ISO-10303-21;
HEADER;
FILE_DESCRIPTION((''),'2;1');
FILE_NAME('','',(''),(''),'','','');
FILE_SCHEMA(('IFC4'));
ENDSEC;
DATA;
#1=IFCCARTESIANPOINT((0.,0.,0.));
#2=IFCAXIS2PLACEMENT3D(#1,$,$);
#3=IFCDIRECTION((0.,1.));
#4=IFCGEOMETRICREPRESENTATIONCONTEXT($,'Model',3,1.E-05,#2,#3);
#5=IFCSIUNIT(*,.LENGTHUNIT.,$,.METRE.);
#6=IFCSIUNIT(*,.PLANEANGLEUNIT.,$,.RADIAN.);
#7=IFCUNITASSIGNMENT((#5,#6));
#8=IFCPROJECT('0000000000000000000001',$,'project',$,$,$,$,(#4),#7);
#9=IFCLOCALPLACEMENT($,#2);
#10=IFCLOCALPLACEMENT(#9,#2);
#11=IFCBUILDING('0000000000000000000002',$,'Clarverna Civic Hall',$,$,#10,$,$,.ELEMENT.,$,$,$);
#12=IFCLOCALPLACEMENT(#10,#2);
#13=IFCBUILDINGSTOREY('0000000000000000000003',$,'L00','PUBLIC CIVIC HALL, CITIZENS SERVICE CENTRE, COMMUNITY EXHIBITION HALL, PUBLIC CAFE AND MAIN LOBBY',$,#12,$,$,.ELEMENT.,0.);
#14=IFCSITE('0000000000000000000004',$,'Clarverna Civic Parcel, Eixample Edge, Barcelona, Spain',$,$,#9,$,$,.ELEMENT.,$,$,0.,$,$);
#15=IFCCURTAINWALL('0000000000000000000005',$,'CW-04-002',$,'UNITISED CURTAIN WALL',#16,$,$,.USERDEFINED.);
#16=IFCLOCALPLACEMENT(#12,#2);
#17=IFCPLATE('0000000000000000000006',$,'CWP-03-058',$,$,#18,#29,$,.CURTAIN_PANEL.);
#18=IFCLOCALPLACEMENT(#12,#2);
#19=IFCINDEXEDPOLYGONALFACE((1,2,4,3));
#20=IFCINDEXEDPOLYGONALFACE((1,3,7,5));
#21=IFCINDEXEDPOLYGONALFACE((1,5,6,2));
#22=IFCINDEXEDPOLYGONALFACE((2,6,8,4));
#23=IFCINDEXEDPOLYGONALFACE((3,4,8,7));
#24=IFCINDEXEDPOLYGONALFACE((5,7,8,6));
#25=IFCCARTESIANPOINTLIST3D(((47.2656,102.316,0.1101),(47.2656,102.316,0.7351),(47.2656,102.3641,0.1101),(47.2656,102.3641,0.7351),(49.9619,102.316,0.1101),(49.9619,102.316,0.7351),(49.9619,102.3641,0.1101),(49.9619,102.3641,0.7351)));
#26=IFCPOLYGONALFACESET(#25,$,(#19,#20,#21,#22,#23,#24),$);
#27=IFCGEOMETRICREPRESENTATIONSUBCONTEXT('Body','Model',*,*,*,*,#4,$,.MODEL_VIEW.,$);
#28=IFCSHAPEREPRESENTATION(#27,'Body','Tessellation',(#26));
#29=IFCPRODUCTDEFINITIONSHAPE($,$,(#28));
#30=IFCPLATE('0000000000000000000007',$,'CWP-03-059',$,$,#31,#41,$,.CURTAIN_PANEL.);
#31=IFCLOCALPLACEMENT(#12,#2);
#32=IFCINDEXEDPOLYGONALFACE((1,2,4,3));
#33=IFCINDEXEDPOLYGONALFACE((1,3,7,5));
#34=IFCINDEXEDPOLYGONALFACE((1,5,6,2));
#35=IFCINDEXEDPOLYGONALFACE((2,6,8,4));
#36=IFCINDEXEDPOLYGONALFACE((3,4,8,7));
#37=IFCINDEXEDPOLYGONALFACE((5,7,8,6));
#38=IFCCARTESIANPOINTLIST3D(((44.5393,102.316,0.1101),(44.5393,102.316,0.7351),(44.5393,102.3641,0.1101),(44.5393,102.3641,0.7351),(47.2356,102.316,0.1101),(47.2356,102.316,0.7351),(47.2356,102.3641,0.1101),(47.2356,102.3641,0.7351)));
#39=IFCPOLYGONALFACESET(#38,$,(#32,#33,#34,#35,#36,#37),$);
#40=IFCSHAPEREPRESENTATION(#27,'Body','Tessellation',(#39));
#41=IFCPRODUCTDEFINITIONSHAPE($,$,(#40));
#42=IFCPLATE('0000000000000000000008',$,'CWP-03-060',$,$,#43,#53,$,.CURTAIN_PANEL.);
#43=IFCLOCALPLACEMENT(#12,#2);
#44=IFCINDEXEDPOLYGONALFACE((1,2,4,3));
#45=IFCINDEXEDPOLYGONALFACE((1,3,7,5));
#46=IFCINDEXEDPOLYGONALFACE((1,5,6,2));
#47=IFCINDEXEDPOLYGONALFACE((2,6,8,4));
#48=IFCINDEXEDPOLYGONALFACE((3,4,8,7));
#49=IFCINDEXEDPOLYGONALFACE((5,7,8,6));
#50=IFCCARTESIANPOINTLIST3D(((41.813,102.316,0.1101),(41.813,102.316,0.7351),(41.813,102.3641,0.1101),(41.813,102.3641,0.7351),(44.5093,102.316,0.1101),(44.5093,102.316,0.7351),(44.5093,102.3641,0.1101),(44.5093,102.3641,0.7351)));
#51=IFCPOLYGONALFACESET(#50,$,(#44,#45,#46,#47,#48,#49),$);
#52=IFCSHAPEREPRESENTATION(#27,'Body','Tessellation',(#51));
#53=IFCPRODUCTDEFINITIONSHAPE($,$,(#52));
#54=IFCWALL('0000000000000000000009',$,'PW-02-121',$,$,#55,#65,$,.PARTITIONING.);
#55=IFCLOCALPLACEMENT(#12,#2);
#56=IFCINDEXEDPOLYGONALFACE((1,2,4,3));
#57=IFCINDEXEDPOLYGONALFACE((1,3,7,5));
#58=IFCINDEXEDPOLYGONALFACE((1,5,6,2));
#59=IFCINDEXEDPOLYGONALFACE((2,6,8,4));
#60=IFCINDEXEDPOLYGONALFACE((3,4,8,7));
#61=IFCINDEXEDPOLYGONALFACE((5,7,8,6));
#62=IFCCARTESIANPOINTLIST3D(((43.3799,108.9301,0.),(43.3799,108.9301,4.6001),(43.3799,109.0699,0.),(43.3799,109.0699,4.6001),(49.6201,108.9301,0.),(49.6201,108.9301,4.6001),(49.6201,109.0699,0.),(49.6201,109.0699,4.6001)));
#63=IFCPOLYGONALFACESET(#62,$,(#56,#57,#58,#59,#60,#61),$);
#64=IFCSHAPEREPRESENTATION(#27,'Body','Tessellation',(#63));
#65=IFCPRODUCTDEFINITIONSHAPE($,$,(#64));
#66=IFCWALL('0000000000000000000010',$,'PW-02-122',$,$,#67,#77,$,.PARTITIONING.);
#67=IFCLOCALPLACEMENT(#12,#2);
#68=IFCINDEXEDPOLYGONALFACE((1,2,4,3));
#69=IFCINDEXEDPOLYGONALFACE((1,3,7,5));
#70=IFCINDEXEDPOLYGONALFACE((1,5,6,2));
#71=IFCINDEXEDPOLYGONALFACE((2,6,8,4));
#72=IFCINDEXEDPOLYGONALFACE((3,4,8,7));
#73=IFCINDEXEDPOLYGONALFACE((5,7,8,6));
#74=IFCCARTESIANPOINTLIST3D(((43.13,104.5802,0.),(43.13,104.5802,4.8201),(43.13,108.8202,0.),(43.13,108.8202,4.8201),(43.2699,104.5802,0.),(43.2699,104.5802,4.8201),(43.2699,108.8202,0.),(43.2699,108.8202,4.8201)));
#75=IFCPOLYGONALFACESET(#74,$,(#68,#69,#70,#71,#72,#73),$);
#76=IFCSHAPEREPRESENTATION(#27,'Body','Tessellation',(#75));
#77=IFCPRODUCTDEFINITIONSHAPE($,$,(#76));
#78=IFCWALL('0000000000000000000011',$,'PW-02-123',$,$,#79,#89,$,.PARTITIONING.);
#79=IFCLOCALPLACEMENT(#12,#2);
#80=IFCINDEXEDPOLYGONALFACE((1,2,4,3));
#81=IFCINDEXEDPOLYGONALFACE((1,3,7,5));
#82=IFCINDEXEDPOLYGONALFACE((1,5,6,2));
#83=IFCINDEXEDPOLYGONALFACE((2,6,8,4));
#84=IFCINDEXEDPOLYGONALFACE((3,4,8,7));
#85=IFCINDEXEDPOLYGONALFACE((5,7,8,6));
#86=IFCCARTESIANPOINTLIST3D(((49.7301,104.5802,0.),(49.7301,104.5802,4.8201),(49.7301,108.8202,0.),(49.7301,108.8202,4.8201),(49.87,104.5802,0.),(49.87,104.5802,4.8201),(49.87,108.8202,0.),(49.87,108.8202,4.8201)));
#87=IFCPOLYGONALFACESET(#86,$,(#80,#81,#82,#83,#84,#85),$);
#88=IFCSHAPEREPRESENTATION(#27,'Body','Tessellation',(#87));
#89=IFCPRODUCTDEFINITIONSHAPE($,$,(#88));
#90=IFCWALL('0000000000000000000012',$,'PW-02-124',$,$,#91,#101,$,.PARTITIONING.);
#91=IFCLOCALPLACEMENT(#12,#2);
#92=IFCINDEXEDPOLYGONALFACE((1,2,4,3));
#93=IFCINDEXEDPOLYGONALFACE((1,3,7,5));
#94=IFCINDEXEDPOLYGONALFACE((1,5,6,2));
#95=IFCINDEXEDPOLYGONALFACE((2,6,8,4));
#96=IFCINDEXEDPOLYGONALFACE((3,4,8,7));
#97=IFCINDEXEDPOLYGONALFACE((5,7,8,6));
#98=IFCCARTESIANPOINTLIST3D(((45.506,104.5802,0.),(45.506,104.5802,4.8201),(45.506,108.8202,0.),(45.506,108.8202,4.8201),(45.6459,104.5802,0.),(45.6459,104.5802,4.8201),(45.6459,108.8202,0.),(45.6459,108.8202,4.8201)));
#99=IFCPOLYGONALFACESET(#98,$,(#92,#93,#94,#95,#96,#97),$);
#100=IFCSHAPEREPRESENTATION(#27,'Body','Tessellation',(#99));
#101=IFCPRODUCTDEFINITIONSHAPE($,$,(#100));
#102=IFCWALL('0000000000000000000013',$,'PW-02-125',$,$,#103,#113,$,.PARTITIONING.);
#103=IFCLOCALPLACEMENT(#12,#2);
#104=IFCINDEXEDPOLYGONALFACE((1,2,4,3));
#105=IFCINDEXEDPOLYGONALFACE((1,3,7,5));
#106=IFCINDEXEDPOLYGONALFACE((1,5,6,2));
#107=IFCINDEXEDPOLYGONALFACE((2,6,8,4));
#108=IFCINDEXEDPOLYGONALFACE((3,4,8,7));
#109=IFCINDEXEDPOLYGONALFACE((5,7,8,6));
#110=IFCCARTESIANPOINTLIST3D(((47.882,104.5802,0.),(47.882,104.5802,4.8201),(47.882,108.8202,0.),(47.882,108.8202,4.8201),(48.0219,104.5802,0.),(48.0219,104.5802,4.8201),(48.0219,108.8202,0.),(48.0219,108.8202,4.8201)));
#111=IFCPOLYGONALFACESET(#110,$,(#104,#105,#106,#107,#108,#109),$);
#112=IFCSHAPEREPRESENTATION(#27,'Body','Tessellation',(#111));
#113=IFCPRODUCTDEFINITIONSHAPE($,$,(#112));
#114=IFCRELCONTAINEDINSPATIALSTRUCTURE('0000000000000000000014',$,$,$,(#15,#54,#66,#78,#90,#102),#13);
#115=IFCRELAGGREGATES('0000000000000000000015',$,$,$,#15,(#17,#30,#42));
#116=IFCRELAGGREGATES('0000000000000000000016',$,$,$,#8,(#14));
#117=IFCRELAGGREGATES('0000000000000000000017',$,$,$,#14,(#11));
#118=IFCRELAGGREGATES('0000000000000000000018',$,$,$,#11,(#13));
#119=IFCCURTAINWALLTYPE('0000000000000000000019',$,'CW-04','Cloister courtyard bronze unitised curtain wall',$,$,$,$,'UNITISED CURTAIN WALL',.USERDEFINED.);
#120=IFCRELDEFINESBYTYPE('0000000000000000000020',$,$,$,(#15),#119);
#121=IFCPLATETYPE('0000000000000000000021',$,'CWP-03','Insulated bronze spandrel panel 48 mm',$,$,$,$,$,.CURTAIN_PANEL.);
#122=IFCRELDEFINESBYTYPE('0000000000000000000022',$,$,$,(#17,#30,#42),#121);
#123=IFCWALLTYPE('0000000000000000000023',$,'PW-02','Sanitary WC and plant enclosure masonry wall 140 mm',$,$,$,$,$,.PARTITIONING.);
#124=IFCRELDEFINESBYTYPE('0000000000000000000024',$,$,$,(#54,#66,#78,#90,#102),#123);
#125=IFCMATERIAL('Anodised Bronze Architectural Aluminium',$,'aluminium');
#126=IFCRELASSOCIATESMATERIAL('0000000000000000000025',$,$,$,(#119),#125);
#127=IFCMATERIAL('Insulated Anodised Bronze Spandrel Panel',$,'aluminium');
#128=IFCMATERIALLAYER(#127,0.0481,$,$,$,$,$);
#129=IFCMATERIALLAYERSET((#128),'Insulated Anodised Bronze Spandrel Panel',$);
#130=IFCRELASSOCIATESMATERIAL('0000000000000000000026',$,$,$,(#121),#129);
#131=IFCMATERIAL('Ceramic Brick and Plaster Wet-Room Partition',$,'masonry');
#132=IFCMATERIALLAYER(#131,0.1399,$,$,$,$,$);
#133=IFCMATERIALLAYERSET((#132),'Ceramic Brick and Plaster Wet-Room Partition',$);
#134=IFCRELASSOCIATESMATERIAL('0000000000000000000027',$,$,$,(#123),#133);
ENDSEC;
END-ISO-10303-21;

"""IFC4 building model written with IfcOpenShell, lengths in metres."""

from ifc_helpers import new_model, si_unit, direction, frame, frame_2d, origin, place, context, subcontext, project, spatial, rectangle, extrude, material, layer, layer_set, type_object, element, aggregate, save


model = new_model("IFC4")

# Units and contexts
model_context = context("Model", 3, precision=1e-05, world=origin(), true_north=direction((0.0, 1.0)))
body_context = subcontext(model_context, "Body", "Model", "MODEL_VIEW")
ifc_project = project(units=[si_unit("LENGTHUNIT", "METRE"), si_unit("PLANEANGLEUNIT", "RADIAN")], contexts=[model_context])

# Site, building, storey
site_placement = place(None, origin())
site = spatial("IfcSite", under=ifc_project, at=site_placement, Name="Clarverna Civic Parcel, Eixample Edge, Barcelona, Spain", CompositionType="ELEMENT", RefElevation=0.0)
building_placement = place(site_placement, origin())
building = spatial("IfcBuilding", under=site, at=building_placement, Name="Clarverna Civic Hall", CompositionType="ELEMENT")
storey_placement = place(building_placement, origin())
storey = spatial("IfcBuildingStorey", under=building, at=storey_placement, Name="L00", Description="PUBLIC CIVIC HALL, CITIZENS SERVICE CENTRE, COMMUNITY EXHIBITION HALL, PUBLIC CAFE AND MAIN LOBBY", CompositionType="ELEMENT", Elevation=0.0)

# Curtain wall
ifc_material_1 = material(Name="Anodised Bronze Architectural Aluminium", Category="aluminium")
curtain_wall_type = type_object("IfcCurtainWallType", Name="CW-04", Description="Cloister courtyard bronze unitised curtain wall", ElementType="UNITISED CURTAIN WALL", PredefinedType="USERDEFINED", material=ifc_material_1)
curtain_wall_placement = place(storey_placement, origin())
curtain_wall = element("IfcCurtainWall", 1, at=curtain_wall_placement, inside=storey, type_object=curtain_wall_type, Name="CW-04-002", ObjectType="UNITISED CURTAIN WALL", PredefinedType="USERDEFINED")

# Plates
ifc_material_2 = material(Name="Insulated Anodised Bronze Spandrel Panel", Category="aluminium")
ifc_layer_1 = layer(ifc_material_2, 0.0481)
ifc_layer_set_1 = layer_set([ifc_layer_1], Name="Insulated Anodised Bronze Spandrel Panel")
plate_type_1 = type_object("IfcPlateType", Name="CWP-03", Description="Insulated bronze spandrel panel 48 mm", PredefinedType="CURTAIN_PANEL", material=ifc_layer_set_1)
plate_1_placement = place(storey_placement, frame((49.9619, 102.3401, 0.1101), z_axis=(0.0, 0.0, 1.0), x_axis=(-1.0, 0.0, 0.0)))
plate_1 = element("IfcPlate", 2, at=plate_1_placement, type_object=plate_type_1, Name="CWP-03-058", PredefinedType="CURTAIN_PANEL", context=body_context, shape_type="SweptSolid", body=[
    extrude(rectangle(XDim=2.6963, YDim=0.0481, at=frame_2d((1.3481, 0.0))), origin(), (0.0, 0.0, 1.0), 0.625),
])
plate_2_placement = place(storey_placement, frame((47.2356, 102.3401, 0.1101), z_axis=(0.0, 0.0, 1.0), x_axis=(-1.0, 0.0, 0.0)))
plate_2 = element("IfcPlate", 3, at=plate_2_placement, type_object=plate_type_1, Name="CWP-03-059", PredefinedType="CURTAIN_PANEL", context=body_context, shape_type="SweptSolid", body=[
    extrude(rectangle(XDim=2.6963, YDim=0.0481, at=frame_2d((1.3481, 0.0))), origin(), (0.0, 0.0, 1.0), 0.625),
])
plate_3_placement = place(storey_placement, frame((44.5093, 102.3401, 0.1101), z_axis=(0.0, 0.0, 1.0), x_axis=(-1.0, 0.0, 0.0)))
plate_3 = element("IfcPlate", 4, at=plate_3_placement, type_object=plate_type_1, Name="CWP-03-060", PredefinedType="CURTAIN_PANEL", context=body_context, shape_type="SweptSolid", body=[
    extrude(rectangle(XDim=2.6963, YDim=0.0481, at=frame_2d((1.3481, 0.0))), origin(), (0.0, 0.0, 1.0), 0.625),
])
aggregate(curtain_wall, [plate_1, plate_2, plate_3])

# Walls
ifc_material_3 = material(Name="Ceramic Brick and Plaster Wet-Room Partition", Category="masonry")
ifc_layer_2 = layer(ifc_material_3, 0.1399)
ifc_layer_set_2 = layer_set([ifc_layer_2], Name="Ceramic Brick and Plaster Wet-Room Partition")
wall_type = type_object("IfcWallType", Name="PW-02", Description="Sanitary WC and plant enclosure masonry wall 140 mm", PredefinedType="PARTITIONING", material=ifc_layer_set_2)
wall_1_placement = place(storey_placement, frame((43.3799, 109.0, 0.0), z_axis=(0.0, 0.0, 1.0), x_axis=(1.0, 0.0, 0.0)))
element("IfcWall", 5, at=wall_1_placement, inside=storey, type_object=wall_type, Name="PW-02-121", PredefinedType="PARTITIONING", context=body_context, shape_type="SweptSolid", body=[
    extrude(rectangle(XDim=6.2402, YDim=0.1399, at=frame_2d((3.1201, 0.0))), origin(), (0.0, 0.0, 1.0), 4.6001),
])
for number, where, z_axis, x_axis, name in (
    (6, (43.2, 104.5801, 0.0), (0.0, 0.0, 1.0), (0.0, 1.0, 0.0), "PW-02-122"),
    (7, (49.8, 104.5801, 0.0), (0.0, 0.0, 1.0), (0.0, 1.0, 0.0), "PW-02-123"),
    (8, (45.5759, 104.5801, 0.0), (0.0, 0.0, 1.0), (0.0, 1.0, 0.0), "PW-02-124"),
    (9, (47.9519, 104.5801, 0.0), (0.0, 0.0, 1.0), (0.0, 1.0, 0.0), "PW-02-125"),
):
    element("IfcWall", number, at=place(storey_placement, frame(where, z_axis=z_axis, x_axis=x_axis)), inside=storey, type_object=wall_type, Name=name, PredefinedType="PARTITIONING", context=body_context, shape_type="SweptSolid", body=[
        extrude(rectangle(XDim=4.24, YDim=0.1399, at=frame_2d((2.1201, 0.0))), origin(), (0.0, 0.0, 1.0), 4.8201),
    ])

save(model, "model.ifc")
